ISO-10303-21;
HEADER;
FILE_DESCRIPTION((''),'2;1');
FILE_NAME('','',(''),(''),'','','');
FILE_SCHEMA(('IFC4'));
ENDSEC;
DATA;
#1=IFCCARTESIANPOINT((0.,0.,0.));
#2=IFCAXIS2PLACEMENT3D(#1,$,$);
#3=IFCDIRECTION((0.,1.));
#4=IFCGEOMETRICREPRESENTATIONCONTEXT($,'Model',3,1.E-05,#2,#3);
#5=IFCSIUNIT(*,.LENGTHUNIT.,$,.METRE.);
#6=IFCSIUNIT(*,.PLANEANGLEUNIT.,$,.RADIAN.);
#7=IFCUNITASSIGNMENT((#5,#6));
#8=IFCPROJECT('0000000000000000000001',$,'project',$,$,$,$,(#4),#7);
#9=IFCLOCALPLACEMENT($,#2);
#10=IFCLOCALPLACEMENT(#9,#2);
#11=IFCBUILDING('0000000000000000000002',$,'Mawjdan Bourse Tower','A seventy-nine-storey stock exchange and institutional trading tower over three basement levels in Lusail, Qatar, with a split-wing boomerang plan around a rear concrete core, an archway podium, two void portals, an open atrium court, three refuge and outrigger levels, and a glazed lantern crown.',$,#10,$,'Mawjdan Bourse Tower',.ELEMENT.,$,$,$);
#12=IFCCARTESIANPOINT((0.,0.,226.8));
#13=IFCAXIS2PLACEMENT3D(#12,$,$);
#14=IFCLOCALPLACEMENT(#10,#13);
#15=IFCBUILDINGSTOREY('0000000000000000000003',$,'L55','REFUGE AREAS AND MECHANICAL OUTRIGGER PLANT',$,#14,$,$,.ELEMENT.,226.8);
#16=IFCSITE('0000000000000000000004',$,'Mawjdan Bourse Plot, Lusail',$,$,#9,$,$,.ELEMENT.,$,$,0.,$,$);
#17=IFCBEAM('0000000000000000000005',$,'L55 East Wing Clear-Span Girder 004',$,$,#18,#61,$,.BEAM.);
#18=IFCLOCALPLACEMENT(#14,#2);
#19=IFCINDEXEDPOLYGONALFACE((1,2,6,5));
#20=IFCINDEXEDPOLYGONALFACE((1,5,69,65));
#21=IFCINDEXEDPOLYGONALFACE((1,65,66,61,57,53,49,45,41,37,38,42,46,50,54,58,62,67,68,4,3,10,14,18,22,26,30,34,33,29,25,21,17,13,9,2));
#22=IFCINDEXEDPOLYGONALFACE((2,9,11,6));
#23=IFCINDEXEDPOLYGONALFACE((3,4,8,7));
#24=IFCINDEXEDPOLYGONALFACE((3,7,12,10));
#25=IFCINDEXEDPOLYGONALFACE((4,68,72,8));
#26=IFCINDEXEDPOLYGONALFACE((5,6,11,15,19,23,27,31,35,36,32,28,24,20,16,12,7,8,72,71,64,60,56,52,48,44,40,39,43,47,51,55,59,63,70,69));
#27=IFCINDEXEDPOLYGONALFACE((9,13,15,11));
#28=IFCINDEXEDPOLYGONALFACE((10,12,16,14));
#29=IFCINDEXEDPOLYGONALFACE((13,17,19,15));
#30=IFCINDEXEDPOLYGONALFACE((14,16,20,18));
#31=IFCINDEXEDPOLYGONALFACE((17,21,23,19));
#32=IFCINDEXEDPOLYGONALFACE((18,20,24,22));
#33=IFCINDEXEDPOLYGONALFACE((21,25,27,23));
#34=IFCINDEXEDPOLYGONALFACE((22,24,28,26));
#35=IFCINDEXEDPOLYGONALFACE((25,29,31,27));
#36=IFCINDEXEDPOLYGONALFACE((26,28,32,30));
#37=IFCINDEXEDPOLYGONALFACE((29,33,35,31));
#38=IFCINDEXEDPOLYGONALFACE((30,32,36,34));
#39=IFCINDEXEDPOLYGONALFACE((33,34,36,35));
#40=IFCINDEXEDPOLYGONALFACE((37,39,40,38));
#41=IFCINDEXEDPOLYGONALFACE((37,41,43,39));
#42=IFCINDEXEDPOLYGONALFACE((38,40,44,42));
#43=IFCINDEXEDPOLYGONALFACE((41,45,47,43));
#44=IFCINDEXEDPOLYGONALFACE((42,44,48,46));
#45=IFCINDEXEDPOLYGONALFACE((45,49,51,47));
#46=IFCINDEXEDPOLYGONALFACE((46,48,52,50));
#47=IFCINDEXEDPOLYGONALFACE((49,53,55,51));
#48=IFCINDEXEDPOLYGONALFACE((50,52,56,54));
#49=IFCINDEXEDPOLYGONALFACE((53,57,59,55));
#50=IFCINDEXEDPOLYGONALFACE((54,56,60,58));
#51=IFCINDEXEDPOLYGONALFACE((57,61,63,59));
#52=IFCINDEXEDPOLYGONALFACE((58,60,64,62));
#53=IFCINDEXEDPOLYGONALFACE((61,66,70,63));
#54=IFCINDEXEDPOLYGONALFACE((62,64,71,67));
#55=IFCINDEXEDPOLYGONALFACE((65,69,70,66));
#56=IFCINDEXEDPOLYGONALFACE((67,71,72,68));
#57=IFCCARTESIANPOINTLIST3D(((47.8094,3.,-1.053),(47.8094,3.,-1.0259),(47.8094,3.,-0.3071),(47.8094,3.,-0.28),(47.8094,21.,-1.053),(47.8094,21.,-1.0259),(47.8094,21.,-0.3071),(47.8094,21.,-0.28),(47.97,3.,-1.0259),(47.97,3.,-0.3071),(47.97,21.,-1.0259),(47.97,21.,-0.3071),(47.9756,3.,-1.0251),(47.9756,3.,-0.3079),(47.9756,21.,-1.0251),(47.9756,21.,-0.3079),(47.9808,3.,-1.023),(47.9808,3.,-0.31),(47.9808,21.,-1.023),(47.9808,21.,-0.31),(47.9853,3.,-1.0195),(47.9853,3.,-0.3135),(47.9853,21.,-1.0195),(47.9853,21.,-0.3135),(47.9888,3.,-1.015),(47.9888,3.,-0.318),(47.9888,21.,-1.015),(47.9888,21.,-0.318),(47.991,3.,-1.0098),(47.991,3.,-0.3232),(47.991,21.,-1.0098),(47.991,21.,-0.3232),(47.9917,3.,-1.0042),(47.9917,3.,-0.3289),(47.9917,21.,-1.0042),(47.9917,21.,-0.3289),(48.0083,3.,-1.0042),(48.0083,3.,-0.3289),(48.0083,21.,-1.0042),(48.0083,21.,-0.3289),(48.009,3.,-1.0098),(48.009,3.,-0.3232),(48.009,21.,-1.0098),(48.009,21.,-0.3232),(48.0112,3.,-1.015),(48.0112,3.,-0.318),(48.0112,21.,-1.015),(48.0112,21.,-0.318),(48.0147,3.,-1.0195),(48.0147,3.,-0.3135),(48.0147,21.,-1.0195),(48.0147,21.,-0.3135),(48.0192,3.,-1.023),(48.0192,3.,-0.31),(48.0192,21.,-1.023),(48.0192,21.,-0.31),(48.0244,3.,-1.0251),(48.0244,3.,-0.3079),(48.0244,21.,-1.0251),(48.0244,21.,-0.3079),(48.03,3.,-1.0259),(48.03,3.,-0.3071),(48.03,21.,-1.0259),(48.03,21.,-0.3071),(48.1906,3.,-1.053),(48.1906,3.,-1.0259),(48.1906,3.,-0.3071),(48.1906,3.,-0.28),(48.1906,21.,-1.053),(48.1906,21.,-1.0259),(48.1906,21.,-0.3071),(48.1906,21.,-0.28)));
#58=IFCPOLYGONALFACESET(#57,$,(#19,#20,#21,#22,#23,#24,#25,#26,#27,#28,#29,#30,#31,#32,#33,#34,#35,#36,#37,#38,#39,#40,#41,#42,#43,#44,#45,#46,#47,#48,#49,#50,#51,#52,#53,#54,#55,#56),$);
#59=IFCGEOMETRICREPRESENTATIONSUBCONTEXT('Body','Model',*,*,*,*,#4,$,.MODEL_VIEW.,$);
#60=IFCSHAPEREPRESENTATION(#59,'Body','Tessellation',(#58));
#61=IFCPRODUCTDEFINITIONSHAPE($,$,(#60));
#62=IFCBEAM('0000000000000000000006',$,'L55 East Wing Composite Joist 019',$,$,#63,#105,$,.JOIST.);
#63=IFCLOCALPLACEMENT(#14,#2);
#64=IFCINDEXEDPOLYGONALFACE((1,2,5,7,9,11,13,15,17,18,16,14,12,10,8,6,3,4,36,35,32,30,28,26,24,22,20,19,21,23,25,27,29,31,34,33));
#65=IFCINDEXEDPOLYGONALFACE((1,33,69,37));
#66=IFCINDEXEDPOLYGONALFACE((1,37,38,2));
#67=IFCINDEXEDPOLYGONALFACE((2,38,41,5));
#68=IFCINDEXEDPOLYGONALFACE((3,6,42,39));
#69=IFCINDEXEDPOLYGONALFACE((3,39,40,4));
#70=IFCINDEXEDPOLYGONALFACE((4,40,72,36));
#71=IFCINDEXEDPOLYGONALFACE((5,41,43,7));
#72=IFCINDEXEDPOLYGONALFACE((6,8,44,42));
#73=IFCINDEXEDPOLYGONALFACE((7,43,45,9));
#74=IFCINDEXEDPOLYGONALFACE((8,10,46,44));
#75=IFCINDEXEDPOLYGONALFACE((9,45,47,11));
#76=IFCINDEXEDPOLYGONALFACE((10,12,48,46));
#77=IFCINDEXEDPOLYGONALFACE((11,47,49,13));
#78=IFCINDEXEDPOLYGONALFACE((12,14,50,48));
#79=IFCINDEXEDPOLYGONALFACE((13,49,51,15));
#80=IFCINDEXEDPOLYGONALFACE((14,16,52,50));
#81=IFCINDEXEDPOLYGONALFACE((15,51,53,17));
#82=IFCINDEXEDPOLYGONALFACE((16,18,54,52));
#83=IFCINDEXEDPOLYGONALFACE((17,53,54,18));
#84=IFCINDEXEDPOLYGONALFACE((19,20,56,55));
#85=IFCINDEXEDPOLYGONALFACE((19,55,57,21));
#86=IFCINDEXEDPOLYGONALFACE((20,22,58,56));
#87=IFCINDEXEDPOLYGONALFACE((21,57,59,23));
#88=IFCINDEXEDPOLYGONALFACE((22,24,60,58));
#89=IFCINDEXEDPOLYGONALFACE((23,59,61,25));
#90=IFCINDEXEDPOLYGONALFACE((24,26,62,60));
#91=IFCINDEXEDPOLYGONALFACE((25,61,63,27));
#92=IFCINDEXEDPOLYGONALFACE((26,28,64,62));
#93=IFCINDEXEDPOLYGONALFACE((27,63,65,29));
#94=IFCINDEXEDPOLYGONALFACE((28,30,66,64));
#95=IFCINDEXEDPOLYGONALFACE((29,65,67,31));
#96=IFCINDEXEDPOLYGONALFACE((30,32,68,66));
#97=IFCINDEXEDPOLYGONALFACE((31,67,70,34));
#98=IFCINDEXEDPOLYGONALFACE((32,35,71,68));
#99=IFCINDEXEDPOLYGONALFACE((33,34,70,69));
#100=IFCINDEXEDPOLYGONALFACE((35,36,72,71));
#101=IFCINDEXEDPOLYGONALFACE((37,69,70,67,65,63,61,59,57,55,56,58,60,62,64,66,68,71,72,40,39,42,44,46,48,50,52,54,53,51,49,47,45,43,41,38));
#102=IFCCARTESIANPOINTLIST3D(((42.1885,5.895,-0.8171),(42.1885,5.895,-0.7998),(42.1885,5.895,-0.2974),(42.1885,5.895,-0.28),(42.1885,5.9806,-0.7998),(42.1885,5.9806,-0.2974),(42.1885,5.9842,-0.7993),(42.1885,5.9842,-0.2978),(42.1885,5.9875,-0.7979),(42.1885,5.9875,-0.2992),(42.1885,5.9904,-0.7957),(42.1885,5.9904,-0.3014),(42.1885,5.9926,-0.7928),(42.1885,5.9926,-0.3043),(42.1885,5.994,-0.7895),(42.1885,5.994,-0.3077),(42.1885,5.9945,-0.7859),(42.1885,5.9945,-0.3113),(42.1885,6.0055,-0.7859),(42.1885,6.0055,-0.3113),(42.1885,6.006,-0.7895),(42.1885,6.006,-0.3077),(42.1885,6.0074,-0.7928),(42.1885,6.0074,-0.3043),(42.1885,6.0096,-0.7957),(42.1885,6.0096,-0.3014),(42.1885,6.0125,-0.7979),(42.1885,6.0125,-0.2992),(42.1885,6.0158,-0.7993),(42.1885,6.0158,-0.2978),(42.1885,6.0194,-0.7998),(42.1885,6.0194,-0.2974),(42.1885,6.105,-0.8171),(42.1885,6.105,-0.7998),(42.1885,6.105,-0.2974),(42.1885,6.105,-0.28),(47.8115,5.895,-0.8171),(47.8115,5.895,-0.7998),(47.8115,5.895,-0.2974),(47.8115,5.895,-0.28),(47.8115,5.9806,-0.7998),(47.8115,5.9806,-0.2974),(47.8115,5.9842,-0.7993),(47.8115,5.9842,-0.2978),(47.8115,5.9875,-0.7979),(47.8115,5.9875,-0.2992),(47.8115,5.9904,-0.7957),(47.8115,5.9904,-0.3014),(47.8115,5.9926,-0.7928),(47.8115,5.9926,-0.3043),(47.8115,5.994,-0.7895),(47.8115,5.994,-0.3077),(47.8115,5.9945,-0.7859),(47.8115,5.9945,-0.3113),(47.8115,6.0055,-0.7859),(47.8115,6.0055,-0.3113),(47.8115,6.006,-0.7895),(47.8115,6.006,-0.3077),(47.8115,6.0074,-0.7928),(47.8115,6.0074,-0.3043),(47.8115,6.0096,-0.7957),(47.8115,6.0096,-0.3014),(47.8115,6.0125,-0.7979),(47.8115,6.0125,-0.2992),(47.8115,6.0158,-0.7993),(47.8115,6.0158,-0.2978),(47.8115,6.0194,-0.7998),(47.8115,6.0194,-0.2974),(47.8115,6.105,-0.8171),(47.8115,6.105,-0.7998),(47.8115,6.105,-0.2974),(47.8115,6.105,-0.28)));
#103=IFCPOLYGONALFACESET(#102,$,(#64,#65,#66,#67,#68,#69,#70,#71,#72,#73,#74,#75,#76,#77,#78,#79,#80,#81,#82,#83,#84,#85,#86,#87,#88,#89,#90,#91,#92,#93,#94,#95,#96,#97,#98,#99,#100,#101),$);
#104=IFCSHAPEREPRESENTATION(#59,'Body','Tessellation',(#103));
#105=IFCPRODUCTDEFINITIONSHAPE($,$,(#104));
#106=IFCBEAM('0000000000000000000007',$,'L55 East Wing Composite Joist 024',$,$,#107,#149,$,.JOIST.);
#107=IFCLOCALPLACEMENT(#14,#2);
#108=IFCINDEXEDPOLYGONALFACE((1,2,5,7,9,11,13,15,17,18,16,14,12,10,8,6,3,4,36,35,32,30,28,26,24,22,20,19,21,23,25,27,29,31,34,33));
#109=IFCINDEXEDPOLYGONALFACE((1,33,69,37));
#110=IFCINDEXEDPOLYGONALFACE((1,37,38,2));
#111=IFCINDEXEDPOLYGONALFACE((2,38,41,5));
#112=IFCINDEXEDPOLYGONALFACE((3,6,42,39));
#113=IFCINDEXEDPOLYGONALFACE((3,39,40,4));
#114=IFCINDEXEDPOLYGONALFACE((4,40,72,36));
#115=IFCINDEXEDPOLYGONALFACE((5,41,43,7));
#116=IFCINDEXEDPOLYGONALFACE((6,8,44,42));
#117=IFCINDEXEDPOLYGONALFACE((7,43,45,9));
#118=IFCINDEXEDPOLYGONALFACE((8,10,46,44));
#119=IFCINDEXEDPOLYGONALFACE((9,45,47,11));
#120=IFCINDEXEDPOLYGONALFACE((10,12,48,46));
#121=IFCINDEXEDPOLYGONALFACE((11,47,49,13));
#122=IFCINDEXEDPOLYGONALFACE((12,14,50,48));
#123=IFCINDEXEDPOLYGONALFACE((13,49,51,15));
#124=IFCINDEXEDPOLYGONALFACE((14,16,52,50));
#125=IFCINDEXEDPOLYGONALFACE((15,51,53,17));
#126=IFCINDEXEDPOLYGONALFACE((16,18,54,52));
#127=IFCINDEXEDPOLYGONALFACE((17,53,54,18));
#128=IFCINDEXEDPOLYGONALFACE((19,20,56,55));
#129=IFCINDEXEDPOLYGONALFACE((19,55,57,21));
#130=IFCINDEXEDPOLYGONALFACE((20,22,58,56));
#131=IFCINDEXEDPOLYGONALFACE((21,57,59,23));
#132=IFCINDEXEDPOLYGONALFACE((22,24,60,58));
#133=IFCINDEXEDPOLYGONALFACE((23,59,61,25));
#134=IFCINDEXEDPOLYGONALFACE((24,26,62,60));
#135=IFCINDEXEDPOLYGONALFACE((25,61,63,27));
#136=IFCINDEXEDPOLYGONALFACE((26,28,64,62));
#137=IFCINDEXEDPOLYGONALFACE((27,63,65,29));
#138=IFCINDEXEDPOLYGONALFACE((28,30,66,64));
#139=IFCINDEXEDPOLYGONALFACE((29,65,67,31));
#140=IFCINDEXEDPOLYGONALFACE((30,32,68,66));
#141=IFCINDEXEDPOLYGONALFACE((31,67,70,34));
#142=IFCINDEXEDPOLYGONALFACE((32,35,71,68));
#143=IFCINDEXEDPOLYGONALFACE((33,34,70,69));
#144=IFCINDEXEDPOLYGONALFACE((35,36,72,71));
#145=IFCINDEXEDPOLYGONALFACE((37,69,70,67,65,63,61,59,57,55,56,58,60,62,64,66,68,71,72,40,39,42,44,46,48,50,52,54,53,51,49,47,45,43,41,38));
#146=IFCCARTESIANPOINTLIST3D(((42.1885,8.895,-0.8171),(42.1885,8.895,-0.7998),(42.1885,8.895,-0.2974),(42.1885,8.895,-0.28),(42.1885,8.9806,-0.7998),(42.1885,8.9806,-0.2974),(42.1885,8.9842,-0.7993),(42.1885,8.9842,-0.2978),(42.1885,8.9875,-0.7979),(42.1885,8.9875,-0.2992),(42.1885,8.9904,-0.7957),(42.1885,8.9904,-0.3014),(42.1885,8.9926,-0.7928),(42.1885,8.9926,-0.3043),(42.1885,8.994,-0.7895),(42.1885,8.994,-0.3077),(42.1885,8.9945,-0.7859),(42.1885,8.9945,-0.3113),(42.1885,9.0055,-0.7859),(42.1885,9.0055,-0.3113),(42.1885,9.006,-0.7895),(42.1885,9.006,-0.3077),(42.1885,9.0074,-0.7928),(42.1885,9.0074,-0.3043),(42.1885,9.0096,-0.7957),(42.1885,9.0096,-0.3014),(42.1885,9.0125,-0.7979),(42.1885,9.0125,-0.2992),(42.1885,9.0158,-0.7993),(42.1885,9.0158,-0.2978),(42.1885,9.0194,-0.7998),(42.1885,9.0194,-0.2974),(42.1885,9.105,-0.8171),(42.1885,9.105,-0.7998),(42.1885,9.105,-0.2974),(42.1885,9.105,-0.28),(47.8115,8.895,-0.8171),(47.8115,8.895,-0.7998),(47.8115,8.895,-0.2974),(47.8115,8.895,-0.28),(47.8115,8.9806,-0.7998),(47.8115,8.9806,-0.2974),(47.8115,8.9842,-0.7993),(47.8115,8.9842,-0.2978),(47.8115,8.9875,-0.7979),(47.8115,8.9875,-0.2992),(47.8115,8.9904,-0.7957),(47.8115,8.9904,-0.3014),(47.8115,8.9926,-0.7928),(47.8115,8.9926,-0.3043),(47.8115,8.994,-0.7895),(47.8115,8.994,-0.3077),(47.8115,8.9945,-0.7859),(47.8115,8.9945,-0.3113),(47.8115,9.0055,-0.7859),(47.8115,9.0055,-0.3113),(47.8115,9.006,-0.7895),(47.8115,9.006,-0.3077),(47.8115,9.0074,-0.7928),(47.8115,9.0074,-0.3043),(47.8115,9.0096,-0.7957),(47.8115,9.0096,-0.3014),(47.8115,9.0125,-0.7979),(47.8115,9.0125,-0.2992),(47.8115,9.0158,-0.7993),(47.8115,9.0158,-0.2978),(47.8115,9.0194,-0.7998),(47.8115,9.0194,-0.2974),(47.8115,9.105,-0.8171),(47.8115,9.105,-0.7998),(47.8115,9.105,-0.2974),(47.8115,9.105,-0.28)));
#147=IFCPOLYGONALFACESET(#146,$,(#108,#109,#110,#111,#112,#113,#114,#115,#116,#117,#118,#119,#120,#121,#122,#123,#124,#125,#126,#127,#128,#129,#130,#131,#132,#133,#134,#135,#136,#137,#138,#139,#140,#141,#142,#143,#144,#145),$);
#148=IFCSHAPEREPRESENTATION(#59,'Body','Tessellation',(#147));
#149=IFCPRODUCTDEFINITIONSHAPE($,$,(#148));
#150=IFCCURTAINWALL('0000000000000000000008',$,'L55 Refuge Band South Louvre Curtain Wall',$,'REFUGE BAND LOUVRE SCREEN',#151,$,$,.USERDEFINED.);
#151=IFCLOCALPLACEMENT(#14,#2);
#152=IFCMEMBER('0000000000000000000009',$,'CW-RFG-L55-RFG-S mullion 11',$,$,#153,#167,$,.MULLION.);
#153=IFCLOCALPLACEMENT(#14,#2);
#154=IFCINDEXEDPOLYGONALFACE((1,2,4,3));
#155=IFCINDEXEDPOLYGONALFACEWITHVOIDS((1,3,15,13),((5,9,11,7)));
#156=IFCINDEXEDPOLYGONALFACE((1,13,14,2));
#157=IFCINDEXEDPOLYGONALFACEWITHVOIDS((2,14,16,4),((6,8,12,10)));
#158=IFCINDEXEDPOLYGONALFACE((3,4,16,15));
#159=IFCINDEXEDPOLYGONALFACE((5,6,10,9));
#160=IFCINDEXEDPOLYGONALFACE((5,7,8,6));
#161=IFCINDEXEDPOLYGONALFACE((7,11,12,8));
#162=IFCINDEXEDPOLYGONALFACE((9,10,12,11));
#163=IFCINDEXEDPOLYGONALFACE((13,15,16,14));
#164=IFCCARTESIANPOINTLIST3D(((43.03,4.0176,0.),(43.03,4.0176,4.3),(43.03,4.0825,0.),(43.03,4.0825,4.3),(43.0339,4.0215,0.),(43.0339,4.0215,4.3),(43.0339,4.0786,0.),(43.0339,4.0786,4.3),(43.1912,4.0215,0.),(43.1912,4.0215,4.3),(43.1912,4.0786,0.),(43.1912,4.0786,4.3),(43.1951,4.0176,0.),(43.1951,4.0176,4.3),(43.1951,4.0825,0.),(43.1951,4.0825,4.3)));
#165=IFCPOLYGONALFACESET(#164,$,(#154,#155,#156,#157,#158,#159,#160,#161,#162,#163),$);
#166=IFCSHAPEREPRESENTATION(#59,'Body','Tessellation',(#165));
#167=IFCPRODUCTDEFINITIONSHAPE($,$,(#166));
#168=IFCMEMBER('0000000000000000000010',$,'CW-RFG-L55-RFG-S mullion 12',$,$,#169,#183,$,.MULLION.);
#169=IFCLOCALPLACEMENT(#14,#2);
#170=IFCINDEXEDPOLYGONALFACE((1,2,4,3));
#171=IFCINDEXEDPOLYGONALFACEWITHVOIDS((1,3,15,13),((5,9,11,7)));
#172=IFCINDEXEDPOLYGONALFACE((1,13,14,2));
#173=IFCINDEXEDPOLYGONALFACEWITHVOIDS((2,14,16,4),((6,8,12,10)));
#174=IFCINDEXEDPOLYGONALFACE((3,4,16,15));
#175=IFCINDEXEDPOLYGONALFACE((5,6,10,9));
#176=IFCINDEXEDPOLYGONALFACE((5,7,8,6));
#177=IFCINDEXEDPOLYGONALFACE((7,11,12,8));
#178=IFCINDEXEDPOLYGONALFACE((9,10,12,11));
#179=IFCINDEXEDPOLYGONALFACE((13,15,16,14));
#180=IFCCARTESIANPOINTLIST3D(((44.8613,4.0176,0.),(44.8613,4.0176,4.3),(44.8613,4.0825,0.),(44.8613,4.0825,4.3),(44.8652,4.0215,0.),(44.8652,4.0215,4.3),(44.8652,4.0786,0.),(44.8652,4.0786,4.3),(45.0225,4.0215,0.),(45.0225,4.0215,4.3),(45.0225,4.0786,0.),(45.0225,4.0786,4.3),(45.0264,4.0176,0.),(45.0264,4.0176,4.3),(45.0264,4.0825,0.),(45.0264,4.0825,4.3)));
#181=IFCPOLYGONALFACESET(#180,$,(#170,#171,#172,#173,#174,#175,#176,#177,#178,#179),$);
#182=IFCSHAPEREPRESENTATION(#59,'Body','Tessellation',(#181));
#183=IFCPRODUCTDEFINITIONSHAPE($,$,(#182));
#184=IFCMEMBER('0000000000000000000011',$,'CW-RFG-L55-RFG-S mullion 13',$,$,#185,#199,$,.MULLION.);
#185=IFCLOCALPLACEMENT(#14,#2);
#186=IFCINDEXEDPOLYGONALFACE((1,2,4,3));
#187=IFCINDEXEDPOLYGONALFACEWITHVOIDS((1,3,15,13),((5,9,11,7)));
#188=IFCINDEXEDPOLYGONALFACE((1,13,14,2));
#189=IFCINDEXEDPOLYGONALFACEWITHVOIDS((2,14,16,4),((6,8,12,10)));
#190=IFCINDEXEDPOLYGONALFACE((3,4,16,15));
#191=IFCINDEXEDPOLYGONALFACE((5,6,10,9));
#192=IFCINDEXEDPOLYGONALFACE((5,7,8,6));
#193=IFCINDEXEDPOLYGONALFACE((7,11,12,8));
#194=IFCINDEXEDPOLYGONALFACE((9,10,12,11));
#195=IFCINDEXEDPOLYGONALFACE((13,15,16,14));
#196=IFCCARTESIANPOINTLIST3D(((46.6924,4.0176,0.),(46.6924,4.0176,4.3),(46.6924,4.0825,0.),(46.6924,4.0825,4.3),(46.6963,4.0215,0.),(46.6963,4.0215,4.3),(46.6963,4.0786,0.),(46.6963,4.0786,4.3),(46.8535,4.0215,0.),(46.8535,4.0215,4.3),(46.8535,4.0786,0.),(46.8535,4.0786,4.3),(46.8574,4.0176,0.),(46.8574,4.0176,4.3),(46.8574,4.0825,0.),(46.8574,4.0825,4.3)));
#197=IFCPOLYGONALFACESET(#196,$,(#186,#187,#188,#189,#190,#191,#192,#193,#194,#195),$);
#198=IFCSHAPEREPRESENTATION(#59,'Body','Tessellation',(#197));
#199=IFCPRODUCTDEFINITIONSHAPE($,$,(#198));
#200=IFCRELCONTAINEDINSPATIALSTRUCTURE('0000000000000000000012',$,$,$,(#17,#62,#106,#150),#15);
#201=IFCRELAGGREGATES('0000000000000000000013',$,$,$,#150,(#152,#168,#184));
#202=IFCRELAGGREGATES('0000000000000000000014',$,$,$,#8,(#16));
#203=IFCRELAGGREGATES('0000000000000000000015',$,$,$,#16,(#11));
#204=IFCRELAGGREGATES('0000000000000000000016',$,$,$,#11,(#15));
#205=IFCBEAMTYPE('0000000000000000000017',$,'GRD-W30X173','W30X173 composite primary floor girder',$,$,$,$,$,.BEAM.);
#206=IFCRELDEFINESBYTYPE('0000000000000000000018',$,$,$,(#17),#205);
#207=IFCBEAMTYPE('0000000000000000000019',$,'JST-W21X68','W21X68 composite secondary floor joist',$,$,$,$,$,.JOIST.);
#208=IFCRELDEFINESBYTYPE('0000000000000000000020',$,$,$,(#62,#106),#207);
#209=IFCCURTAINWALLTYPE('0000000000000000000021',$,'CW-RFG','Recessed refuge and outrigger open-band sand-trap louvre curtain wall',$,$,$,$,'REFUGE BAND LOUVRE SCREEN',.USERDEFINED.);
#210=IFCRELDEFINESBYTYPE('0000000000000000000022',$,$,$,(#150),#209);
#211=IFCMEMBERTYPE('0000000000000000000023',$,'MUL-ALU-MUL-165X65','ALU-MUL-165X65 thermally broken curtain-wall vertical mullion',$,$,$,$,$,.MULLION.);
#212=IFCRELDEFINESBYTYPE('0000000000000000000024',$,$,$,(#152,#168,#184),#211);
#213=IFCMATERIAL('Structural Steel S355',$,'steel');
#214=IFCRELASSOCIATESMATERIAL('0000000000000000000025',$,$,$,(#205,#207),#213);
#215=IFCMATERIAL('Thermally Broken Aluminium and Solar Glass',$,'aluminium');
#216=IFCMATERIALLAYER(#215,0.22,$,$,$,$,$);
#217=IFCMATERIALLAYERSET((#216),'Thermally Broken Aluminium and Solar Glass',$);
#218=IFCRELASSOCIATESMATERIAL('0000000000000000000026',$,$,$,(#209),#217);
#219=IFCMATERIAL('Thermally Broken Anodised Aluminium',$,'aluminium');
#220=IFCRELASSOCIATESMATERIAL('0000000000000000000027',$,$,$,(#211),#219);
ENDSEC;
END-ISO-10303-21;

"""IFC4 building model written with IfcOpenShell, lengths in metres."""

from ifc_helpers import new_model, si_unit, direction, frame, origin, origin_2d, place, context, subcontext, project, spatial, hollow_rectangle, i_section, extrude, material, layer, layer_set, material_profile, profile_set, type_object, element, aggregate, save


model = new_model("IFC4")

# Units and contexts
model_context = context("Model", 3, precision=1e-05, world=origin(), true_north=direction((0.0, 1.0)))
body_context = subcontext(model_context, "Body", "Model", "MODEL_VIEW")
ifc_project = project(units=[si_unit("LENGTHUNIT", "METRE"), si_unit("PLANEANGLEUNIT", "RADIAN")], contexts=[model_context])

# Site, building, storey
site_placement = place(None, origin())
site = spatial("IfcSite", under=ifc_project, at=site_placement, Name="Mawjdan Bourse Plot, Lusail", CompositionType="ELEMENT", RefElevation=0.0)
building_placement = place(site_placement, origin())
building = spatial("IfcBuilding", under=site, at=building_placement, Name="Mawjdan Bourse Tower", Description="A seventy-nine-storey stock exchange and institutional trading tower over three basement levels in Lusail, Qatar, with a split-wing boomerang plan around a rear concrete core, an archway podium, two void portals, an open atrium court, three refuge and outrigger levels, and a glazed lantern crown.", LongName="Mawjdan Bourse Tower", CompositionType="ELEMENT")
storey_placement = place(building_placement, frame((0.0, 0.0, 226.8)))
storey = spatial("IfcBuildingStorey", under=building, at=storey_placement, Name="L55", Description="REFUGE AREAS AND MECHANICAL OUTRIGGER PLANT", CompositionType="ELEMENT", Elevation=226.8)

# Beams
ifc_material_1 = material(Name="Structural Steel S355", Category="steel")
ifc_material_profile_1 = material_profile(ifc_material_1, i_section(OverallWidth=0.3811, OverallDepth=0.7729, WebThickness=0.0166, FlangeThickness=0.0271, FilletRadius=0.0217, at=origin_2d()), Name="W30X173")
ifc_profile_set_1 = profile_set([ifc_material_profile_1], Name="Structural Steel S355")
beam_type_1 = type_object("IfcBeamType", Name="GRD-W30X173", Description="W30X173 composite primary floor girder", PredefinedType="BEAM", material=ifc_profile_set_1)
for number, where, z_axis, x_axis, name in (
    (1, (48.0, 3.0, -0.6665), (0.0, 1.0, 0.0), (-1.0, 0.0, 0.0), "L55 East Wing Clear-Span Girder 004"),
):
    element("IfcBeam", number, at=place(storey_placement, frame(where, z_axis=z_axis, x_axis=x_axis)), inside=storey, type_object=beam_type_1, Name=name, PredefinedType="BEAM", context=body_context, shape_type="SweptSolid", body=[
        extrude(i_section(OverallWidth=0.3811, OverallDepth=0.7729, WebThickness=0.0166, FlangeThickness=0.0271, FilletRadius=0.0217, at=origin_2d()), origin(), (0.0, 0.0, 1.0), 18.0),
    ])
ifc_material_profile_2 = material_profile(ifc_material_1, i_section(OverallWidth=0.21, OverallDepth=0.5371, WebThickness=0.011, FlangeThickness=0.0173, FilletRadius=0.0139, at=origin_2d()), Name="W21X68")
ifc_profile_set_2 = profile_set([ifc_material_profile_2], Name="Structural Steel S355")
beam_type_2 = type_object("IfcBeamType", Name="JST-W21X68", Description="W21X68 composite secondary floor joist", PredefinedType="JOIST", material=ifc_profile_set_2)
for number, where, z_axis, x_axis, name in (
    (2, (42.1885, 6.0, -0.5486), (1.0, 0.0, 0.0), (0.0, 1.0, 0.0), "L55 East Wing Composite Joist 019"),
    (3, (42.1885, 9.0, -0.5486), (1.0, 0.0, 0.0), (0.0, 1.0, 0.0), "L55 East Wing Composite Joist 024"),
):
    element("IfcBeam", number, at=place(storey_placement, frame(where, z_axis=z_axis, x_axis=x_axis)), inside=storey, type_object=beam_type_2, Name=name, PredefinedType="JOIST", context=body_context, shape_type="SweptSolid", body=[
        extrude(i_section(OverallWidth=0.21, OverallDepth=0.5371, WebThickness=0.011, FlangeThickness=0.0173, FilletRadius=0.0139, at=origin_2d()), origin(), (0.0, 0.0, 1.0), 5.623),
    ])

# Curtain wall, members
ifc_material_2 = material(Name="Thermally Broken Aluminium and Solar Glass", Category="aluminium")
ifc_layer_1 = layer(ifc_material_2, 0.22)
ifc_layer_set_1 = layer_set([ifc_layer_1], Name="Thermally Broken Aluminium and Solar Glass")
curtain_wall_type = type_object("IfcCurtainWallType", Name="CW-RFG", Description="Recessed refuge and outrigger open-band sand-trap louvre curtain wall", ElementType="REFUGE BAND LOUVRE SCREEN", PredefinedType="USERDEFINED", material=ifc_layer_set_1)
curtain_wall_placement = place(storey_placement, origin())
curtain_wall = element("IfcCurtainWall", 4, at=curtain_wall_placement, inside=storey, type_object=curtain_wall_type, Name="L55 Refuge Band South Louvre Curtain Wall", ObjectType="REFUGE BAND LOUVRE SCREEN", PredefinedType="USERDEFINED")
ifc_material_3 = material(Name="Thermally Broken Anodised Aluminium", Category="aluminium")
ifc_material_profile_3 = material_profile(ifc_material_3, hollow_rectangle(XDim=0.0649, YDim=0.165, WallThickness=0.0039, at=origin_2d()), Name="ALU-MUL-165X65")
ifc_profile_set_3 = profile_set([ifc_material_profile_3], Name="Thermally Broken Anodised Aluminium")
member_type_1 = type_object("IfcMemberType", Name="MUL-ALU-MUL-165X65", Description="ALU-MUL-165X65 thermally broken curtain-wall vertical mullion", PredefinedType="MULLION", material=ifc_profile_set_3)
member_1_placement = place(storey_placement, frame((43.1125, 4.05, 0.0), z_axis=(0.0, 0.0, 1.0), x_axis=(0.0, 1.0, 0.0)))
member_1 = element("IfcMember", 5, at=member_1_placement, type_object=member_type_1, Name="CW-RFG-L55-RFG-S mullion 11", PredefinedType="MULLION", context=body_context, shape_type="SweptSolid", body=[
    extrude(hollow_rectangle(XDim=0.0649, YDim=0.165, WallThickness=0.0039, at=origin_2d()), origin(), (0.0, 0.0, 1.0), 4.3),
])
member_2_placement = place(storey_placement, frame((44.9438, 4.05, 0.0), z_axis=(0.0, 0.0, 1.0), x_axis=(0.0, 1.0, 0.0)))
member_2 = element("IfcMember", 6, at=member_2_placement, type_object=member_type_1, Name="CW-RFG-L55-RFG-S mullion 12", PredefinedType="MULLION", context=body_context, shape_type="SweptSolid", body=[
    extrude(hollow_rectangle(XDim=0.0649, YDim=0.165, WallThickness=0.0039, at=origin_2d()), origin(), (0.0, 0.0, 1.0), 4.3),
])
member_3_placement = place(storey_placement, frame((46.7749, 4.05, 0.0), z_axis=(0.0, 0.0, 1.0), x_axis=(0.0, 1.0, 0.0)))
member_3 = element("IfcMember", 7, at=member_3_placement, type_object=member_type_1, Name="CW-RFG-L55-RFG-S mullion 13", PredefinedType="MULLION", context=body_context, shape_type="SweptSolid", body=[
    extrude(hollow_rectangle(XDim=0.0649, YDim=0.165, WallThickness=0.0039, at=origin_2d()), origin(), (0.0, 0.0, 1.0), 4.3),
])

aggregate(curtain_wall, [member_1, member_2, member_3])

save(model, "model.ifc")
